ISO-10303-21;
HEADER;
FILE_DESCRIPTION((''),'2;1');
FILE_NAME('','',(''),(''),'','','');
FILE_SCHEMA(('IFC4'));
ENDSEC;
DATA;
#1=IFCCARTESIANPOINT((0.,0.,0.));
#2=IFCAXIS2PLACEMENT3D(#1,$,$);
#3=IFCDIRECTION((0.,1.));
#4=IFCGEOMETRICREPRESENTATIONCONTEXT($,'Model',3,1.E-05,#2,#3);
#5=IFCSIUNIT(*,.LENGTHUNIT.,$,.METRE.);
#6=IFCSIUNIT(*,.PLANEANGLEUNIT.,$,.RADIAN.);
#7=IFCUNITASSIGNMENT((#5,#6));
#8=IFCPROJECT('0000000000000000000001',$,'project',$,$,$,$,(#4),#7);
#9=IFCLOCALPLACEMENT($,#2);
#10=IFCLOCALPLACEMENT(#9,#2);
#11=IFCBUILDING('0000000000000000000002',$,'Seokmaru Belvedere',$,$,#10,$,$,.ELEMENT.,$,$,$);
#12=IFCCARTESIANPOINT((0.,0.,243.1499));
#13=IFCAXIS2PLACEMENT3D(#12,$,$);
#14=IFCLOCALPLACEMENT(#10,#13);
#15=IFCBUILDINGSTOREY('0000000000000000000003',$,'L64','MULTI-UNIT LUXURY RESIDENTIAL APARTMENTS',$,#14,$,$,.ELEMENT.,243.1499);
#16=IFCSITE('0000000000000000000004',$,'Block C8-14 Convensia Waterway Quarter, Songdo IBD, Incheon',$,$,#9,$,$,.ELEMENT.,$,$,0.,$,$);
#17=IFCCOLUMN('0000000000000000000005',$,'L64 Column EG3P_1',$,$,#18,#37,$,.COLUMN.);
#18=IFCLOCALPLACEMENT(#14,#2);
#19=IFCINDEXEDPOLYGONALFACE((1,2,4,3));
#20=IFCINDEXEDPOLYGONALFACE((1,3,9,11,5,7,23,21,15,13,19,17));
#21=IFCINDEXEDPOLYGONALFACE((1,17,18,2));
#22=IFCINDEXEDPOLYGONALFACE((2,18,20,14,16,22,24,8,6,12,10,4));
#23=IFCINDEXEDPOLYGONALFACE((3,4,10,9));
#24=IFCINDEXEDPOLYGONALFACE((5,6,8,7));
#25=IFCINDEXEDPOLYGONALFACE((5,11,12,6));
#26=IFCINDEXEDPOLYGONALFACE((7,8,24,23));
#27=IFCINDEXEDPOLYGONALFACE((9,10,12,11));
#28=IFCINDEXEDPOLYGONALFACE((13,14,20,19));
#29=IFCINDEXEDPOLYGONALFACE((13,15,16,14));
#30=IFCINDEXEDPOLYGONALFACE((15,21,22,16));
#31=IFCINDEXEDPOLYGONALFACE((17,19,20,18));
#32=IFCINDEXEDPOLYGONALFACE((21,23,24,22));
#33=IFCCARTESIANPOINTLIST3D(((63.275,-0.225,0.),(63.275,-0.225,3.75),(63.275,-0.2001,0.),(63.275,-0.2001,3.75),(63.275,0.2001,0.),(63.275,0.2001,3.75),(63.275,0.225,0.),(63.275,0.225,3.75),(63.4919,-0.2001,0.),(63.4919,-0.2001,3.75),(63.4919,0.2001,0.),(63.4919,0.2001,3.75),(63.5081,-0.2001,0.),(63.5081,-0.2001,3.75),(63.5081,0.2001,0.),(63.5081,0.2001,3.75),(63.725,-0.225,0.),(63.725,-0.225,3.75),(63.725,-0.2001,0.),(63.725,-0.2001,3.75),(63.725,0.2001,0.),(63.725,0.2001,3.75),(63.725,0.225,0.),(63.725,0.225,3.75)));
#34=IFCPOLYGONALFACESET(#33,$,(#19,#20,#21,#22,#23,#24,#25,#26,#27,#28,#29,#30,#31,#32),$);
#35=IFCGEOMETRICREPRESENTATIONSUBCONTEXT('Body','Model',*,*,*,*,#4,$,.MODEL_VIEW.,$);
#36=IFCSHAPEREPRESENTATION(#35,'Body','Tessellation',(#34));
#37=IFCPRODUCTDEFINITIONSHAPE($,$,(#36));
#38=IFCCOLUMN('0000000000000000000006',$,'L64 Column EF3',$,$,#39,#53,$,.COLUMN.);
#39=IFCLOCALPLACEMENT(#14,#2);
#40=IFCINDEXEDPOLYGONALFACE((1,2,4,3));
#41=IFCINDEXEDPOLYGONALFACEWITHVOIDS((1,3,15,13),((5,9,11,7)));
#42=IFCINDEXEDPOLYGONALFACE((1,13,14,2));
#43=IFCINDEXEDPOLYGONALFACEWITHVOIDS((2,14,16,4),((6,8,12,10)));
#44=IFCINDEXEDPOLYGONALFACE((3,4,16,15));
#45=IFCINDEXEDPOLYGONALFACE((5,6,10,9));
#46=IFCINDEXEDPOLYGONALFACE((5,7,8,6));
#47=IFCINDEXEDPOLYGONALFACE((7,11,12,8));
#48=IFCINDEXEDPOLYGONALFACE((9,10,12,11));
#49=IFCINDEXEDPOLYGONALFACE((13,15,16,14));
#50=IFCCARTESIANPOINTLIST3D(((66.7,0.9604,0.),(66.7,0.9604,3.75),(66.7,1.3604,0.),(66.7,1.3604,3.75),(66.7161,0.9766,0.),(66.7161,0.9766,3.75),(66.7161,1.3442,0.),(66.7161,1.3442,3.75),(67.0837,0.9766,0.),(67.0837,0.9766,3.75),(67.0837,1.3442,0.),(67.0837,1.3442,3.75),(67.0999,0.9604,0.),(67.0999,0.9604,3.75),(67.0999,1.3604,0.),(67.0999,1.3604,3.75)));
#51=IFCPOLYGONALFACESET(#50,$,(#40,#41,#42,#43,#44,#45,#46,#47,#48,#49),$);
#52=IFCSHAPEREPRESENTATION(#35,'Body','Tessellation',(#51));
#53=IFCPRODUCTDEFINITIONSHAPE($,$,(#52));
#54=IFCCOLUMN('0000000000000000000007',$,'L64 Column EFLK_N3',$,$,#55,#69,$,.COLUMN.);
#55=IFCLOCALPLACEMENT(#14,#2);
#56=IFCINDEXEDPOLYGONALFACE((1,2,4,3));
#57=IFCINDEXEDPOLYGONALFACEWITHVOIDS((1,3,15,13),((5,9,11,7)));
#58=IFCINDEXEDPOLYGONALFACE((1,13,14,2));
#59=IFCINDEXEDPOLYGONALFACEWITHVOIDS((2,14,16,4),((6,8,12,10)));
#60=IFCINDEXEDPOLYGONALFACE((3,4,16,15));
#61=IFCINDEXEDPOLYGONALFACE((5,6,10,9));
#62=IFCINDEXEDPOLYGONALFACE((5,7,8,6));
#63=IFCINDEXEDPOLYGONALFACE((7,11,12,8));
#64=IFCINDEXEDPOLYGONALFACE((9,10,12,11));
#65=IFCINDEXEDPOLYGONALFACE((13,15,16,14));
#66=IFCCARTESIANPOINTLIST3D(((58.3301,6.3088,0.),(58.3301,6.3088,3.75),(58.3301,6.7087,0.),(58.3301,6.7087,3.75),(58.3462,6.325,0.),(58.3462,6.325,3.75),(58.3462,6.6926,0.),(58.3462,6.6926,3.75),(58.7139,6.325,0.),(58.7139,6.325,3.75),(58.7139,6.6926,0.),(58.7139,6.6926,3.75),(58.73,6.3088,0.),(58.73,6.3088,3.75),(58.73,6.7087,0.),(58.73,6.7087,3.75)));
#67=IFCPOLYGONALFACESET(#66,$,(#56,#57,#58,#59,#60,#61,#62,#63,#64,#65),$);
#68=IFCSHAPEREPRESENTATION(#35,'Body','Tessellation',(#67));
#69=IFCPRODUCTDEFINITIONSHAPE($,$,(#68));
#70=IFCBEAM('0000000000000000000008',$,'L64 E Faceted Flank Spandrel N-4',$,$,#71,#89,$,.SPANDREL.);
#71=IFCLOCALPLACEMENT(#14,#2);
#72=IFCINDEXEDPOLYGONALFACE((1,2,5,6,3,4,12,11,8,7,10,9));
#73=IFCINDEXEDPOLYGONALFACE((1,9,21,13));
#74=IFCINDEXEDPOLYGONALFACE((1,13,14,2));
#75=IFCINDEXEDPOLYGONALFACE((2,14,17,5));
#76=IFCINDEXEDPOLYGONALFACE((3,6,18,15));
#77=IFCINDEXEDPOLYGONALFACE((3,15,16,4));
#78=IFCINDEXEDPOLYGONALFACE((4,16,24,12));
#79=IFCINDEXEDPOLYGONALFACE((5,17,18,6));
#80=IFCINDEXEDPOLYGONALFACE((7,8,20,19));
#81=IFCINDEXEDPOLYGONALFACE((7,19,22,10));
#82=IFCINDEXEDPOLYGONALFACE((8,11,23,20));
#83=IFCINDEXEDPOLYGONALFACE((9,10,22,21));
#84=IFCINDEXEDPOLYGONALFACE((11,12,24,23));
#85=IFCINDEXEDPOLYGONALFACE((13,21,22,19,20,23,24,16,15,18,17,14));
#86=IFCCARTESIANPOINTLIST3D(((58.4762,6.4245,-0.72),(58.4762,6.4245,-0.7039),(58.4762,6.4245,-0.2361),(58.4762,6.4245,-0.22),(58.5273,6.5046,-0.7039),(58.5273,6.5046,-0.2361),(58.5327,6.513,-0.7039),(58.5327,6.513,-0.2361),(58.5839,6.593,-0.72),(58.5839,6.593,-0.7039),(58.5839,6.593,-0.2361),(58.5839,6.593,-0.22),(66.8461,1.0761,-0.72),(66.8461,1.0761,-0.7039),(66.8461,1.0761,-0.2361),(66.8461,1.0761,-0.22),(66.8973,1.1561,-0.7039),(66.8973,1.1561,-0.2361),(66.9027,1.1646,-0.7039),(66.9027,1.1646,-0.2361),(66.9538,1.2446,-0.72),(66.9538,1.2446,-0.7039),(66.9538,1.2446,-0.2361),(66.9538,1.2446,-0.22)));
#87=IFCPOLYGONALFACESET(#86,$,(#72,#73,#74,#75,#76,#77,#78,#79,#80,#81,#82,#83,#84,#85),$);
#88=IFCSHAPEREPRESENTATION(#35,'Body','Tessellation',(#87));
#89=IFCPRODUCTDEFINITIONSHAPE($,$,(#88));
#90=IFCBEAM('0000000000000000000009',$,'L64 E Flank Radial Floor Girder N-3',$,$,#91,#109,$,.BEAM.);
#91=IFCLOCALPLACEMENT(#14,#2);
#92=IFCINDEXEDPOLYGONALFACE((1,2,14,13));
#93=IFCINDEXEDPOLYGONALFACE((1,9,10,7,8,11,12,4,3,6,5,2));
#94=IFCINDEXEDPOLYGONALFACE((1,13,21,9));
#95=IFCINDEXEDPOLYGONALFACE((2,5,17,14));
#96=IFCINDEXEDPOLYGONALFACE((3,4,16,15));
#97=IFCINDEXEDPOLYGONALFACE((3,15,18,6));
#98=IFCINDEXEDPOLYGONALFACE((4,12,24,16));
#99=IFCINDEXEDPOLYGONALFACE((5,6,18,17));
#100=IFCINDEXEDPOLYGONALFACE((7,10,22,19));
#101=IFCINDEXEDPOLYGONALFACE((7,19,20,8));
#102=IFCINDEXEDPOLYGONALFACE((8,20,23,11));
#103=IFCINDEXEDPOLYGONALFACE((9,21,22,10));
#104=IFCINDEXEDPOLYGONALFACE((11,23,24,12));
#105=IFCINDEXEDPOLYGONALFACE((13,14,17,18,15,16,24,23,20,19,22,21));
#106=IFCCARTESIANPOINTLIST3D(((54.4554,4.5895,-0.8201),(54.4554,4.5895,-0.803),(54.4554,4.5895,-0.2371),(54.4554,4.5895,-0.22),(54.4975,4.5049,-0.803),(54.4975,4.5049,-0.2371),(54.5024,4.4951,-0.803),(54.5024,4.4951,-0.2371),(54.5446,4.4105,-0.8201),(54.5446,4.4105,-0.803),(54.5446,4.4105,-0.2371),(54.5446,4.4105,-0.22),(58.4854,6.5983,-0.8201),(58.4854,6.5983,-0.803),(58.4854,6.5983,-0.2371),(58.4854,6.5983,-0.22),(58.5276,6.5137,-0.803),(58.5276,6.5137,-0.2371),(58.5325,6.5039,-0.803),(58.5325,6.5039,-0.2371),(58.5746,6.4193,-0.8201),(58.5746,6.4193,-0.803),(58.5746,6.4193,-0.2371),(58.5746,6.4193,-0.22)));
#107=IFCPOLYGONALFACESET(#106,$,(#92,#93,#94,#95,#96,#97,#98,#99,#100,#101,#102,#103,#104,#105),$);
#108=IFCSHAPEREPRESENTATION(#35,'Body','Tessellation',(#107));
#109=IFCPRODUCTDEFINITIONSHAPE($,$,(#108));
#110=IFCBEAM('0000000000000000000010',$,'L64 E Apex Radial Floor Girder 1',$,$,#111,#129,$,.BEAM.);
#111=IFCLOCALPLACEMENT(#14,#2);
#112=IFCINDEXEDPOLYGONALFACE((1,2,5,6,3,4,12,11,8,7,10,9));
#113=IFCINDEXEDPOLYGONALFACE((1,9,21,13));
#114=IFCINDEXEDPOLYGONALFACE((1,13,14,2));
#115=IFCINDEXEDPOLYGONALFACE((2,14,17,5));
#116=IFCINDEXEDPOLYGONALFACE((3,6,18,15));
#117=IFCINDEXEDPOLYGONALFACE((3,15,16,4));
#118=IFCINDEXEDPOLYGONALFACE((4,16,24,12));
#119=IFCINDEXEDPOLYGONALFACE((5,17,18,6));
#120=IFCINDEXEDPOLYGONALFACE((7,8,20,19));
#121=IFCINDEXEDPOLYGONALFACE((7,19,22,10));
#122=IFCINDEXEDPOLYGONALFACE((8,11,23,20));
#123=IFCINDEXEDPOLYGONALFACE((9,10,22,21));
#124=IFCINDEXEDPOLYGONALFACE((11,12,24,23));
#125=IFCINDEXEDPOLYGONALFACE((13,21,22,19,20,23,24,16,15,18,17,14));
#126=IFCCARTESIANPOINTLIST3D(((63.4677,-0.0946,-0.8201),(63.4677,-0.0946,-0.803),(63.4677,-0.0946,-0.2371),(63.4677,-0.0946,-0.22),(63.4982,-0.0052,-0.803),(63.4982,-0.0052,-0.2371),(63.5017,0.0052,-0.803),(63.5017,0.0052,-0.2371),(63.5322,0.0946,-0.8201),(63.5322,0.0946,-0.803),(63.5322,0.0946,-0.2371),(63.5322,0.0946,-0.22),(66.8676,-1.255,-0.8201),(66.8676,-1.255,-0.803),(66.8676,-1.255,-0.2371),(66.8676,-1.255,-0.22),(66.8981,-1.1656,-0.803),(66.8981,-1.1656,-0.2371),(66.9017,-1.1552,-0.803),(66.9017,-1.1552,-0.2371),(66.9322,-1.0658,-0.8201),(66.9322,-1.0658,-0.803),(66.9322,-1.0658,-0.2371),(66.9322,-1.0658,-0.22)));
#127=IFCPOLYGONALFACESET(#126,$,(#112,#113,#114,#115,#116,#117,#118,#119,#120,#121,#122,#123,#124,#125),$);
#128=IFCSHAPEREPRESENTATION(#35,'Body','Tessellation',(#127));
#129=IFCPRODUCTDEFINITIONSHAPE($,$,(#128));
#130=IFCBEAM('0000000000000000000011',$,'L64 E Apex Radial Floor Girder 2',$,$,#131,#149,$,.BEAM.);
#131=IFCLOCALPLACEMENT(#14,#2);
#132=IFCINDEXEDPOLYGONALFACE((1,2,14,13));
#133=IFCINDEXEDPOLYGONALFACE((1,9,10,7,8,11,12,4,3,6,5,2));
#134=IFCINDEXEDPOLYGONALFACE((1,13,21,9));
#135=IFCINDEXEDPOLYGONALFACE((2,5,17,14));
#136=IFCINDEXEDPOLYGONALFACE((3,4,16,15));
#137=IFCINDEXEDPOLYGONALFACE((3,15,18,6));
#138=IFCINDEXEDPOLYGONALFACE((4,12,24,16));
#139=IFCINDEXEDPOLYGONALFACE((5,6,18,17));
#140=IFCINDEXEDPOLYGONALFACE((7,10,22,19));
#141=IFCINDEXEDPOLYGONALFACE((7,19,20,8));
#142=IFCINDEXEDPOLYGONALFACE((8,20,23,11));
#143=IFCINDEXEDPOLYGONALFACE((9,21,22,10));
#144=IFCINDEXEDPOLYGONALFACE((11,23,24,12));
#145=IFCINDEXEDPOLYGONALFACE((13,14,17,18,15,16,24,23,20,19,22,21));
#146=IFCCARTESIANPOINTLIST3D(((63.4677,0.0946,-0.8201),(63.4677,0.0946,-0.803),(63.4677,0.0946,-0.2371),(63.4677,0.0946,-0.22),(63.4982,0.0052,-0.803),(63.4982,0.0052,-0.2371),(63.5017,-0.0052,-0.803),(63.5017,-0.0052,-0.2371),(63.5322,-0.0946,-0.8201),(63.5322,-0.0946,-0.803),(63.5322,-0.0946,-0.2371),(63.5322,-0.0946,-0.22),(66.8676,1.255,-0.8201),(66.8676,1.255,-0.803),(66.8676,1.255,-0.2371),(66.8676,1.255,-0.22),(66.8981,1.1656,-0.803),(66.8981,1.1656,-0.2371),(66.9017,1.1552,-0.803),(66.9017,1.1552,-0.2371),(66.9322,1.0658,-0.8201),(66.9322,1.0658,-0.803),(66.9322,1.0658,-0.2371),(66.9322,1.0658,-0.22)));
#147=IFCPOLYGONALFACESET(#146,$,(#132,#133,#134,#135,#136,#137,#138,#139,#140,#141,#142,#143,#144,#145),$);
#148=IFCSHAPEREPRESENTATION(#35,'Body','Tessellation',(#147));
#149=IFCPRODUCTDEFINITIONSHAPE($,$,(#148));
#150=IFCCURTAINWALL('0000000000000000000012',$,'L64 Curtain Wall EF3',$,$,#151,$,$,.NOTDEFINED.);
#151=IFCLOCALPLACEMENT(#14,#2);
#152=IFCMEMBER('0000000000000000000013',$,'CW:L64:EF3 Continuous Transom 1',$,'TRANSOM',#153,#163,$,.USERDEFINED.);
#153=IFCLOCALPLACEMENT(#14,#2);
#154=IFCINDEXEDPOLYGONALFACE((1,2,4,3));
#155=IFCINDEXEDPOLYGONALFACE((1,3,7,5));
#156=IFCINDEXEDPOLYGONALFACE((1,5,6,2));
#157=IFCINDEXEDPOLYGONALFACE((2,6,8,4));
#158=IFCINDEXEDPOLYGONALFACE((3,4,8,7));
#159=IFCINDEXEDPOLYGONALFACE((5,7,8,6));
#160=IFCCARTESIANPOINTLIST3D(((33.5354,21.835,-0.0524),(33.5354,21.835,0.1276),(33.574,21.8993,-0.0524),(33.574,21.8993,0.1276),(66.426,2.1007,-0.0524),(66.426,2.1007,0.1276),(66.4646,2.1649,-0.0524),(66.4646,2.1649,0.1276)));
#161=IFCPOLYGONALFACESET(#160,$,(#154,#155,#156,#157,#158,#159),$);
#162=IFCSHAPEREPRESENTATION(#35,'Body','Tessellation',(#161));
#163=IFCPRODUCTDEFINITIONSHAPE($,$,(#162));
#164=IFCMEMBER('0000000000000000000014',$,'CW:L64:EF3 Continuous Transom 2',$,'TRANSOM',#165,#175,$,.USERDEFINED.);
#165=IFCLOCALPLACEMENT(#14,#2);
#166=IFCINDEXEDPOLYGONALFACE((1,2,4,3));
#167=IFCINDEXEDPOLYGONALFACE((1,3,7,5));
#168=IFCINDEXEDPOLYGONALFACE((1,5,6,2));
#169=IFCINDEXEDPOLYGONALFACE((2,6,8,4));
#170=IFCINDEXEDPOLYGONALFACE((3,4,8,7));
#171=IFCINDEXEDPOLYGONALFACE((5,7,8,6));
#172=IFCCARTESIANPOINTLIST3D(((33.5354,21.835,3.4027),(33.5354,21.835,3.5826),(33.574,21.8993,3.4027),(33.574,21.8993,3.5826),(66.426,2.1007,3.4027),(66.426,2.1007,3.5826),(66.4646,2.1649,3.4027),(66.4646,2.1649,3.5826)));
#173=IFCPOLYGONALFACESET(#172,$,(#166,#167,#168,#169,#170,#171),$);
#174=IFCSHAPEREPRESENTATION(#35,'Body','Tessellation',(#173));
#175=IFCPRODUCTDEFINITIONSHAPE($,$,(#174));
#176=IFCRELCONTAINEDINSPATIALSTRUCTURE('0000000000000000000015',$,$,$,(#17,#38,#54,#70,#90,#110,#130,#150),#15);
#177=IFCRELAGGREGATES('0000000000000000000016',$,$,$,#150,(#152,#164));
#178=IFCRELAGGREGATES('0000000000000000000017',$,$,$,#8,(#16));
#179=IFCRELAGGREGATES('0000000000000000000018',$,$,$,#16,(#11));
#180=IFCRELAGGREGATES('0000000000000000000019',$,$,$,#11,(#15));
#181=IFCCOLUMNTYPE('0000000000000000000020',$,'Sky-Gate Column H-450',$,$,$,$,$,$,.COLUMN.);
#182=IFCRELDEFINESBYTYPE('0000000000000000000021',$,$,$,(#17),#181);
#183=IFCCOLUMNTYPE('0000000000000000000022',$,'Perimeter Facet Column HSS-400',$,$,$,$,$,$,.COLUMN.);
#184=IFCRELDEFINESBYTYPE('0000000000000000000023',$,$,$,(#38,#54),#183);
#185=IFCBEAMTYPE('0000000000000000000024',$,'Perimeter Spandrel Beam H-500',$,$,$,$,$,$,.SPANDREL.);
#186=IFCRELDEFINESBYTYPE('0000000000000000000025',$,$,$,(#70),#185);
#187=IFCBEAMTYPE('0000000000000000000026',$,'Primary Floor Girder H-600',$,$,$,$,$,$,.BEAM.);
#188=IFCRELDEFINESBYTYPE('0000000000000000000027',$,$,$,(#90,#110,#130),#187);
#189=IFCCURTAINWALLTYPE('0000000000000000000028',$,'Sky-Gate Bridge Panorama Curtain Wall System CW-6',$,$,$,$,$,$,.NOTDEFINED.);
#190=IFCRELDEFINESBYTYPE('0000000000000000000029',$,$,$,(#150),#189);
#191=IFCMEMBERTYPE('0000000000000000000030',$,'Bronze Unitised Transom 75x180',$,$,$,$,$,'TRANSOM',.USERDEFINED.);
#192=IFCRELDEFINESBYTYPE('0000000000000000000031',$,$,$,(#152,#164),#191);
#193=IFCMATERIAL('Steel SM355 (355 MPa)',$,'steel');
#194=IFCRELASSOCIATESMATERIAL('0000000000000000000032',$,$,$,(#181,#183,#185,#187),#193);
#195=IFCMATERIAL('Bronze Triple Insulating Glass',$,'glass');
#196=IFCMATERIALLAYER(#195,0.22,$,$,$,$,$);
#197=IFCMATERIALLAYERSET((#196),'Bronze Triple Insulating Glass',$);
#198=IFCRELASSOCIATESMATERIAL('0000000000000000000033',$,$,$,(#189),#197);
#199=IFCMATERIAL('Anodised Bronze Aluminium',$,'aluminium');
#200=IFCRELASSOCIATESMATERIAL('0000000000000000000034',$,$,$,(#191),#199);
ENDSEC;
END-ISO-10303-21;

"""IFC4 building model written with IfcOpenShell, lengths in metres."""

from ifc_helpers import new_model, si_unit, direction, frame, origin, origin_2d, place, context, subcontext, project, spatial, rectangle, hollow_rectangle, i_section, extrude, source, transform, mapped, material, layer, layer_set, material_profile, profile_set, type_object, type_shapes, element, aggregate, save


model = new_model("IFC4")

# Units and contexts
model_context = context("Model", 3, precision=1e-05, world=origin(), true_north=direction((0.0, 1.0)))
body_context = subcontext(model_context, "Body", "Model", "MODEL_VIEW")
ifc_project = project(units=[si_unit("LENGTHUNIT", "METRE"), si_unit("PLANEANGLEUNIT", "RADIAN")], contexts=[model_context])

# Site, building, storey
site_placement = place(None, origin())
site = spatial("IfcSite", under=ifc_project, at=site_placement, Name="Block C8-14 Convensia Waterway Quarter, Songdo IBD, Incheon", CompositionType="ELEMENT", RefElevation=0.0)
building_placement = place(site_placement, origin())
building = spatial("IfcBuilding", under=site, at=building_placement, Name="Seokmaru Belvedere", CompositionType="ELEMENT")
storey_placement = place(building_placement, frame((0.0, 0.0, 243.1499)))
storey = spatial("IfcBuildingStorey", under=building, at=storey_placement, Name="L64", Description="MULTI-UNIT LUXURY RESIDENTIAL APARTMENTS", CompositionType="ELEMENT", Elevation=243.1499)

# Columns
ifc_material_1 = material(Name="Steel SM355 (355 MPa)", Category="steel")
ifc_material_profile_1 = material_profile(ifc_material_1, i_section(OverallWidth=0.45, OverallDepth=0.45, WebThickness=0.0161, FlangeThickness=0.0249, at=origin_2d()), Name="H-450x450x16x25")
ifc_profile_set_1 = profile_set([ifc_material_profile_1], Name="Steel SM355 (355 MPa)")
column_type_1 = type_object("IfcColumnType", Name="Sky-Gate Column H-450", PredefinedType="COLUMN", material=ifc_profile_set_1)
shared_shape_1 = source(origin(), body_context, "Body", "SweptSolid", [
    extrude(i_section(OverallWidth=0.45, OverallDepth=0.45, WebThickness=0.0161, FlangeThickness=0.0249, at=origin_2d()), origin(), (0.0, 0.0, 1.0), 3.75),
])
type_shapes(column_type_1, [shared_shape_1])
column_placement = place(storey_placement, frame((63.5, 0.0, 0.0), z_axis=(0.0, 0.0, 1.0), x_axis=(1.0, 0.0, 0.0)))
element("IfcColumn", 1, at=column_placement, inside=storey, type_object=column_type_1, Name="L64 Column EG3P_1", PredefinedType="COLUMN", context=body_context, shape_type="MappedRepresentation", body=[
    mapped(shared_shape_1, transform((0.0, 0.0, 0.0), scale=1.0)),
])
ifc_material_profile_2 = material_profile(ifc_material_1, hollow_rectangle(XDim=0.3999, YDim=0.3999, WallThickness=0.0161, at=origin_2d()), Name="HSS-400x400x16")
ifc_profile_set_2 = profile_set([ifc_material_profile_2], Name="Steel SM355 (355 MPa)")
column_type_2 = type_object("IfcColumnType", Name="Perimeter Facet Column HSS-400", PredefinedType="COLUMN", material=ifc_profile_set_2)
shared_shape_2 = source(origin(), body_context, "Body", "SweptSolid", [
    extrude(hollow_rectangle(XDim=0.3999, YDim=0.3999, WallThickness=0.0161, at=origin_2d()), origin(), (0.0, 0.0, 1.0), 3.75),
])
type_shapes(column_type_2, [shared_shape_2])
for number, where, z_axis, x_axis, name in (
    (2, (66.8999, 1.1604, 0.0), (0.0, 0.0, 1.0), (1.0, 0.0, 0.0), "L64 Column EF3"),
    (3, (58.53, 6.5088, 0.0), (0.0, 0.0, 1.0), (1.0, 0.0, 0.0), "L64 Column EFLK_N3"),
):
    element("IfcColumn", number, at=place(storey_placement, frame(where, z_axis=z_axis, x_axis=x_axis)), inside=storey, type_object=column_type_2, Name=name, PredefinedType="COLUMN", context=body_context, shape_type="MappedRepresentation", body=[
        mapped(shared_shape_2, transform((0.0, 0.0, 0.0), scale=1.0)),
    ])

# Beams
ifc_material_profile_3 = material_profile(ifc_material_1, i_section(OverallWidth=0.2, OverallDepth=0.5, WebThickness=0.01, FlangeThickness=0.0161, at=origin_2d()), Name="H-500x200x10x16")
ifc_profile_set_3 = profile_set([ifc_material_profile_3], Name="Steel SM355 (355 MPa)")
beam_type_1 = type_object("IfcBeamType", Name="Perimeter Spandrel Beam H-500", PredefinedType="SPANDREL", material=ifc_profile_set_3)
shared_shape_3 = source(origin(), body_context, "Body", "SweptSolid", [
    extrude(i_section(OverallWidth=0.2, OverallDepth=0.5, WebThickness=0.01, FlangeThickness=0.0161, at=origin_2d()), origin(), (0.0, 0.0, 1.0), 9.9329),
])
type_shapes(beam_type_1, [shared_shape_3])
beam_1_placement = place(storey_placement, frame((58.53, 6.5088, -0.47), z_axis=(0.842652, -0.538459, 0.0), x_axis=(0.538459, 0.842652, 0.0)))
element("IfcBeam", 4, at=beam_1_placement, inside=storey, type_object=beam_type_1, Name="L64 E Faceted Flank Spandrel N-4", PredefinedType="SPANDREL", context=body_context, shape_type="MappedRepresentation", body=[
    mapped(shared_shape_3, transform((0.0, 0.0, 0.0), scale=1.0)),
])
ifc_material_profile_4 = material_profile(ifc_material_1, i_section(OverallWidth=0.2, OverallDepth=0.6001, WebThickness=0.011, FlangeThickness=0.0171, at=origin_2d()), Name="H-600x200x11x17")
ifc_profile_set_4 = profile_set([ifc_material_profile_4], Name="Steel SM355 (355 MPa)")
beam_type_2 = type_object("IfcBeamType", Name="Primary Floor Girder H-600", PredefinedType="BEAM", material=ifc_profile_set_4)
shared_shape_4 = source(origin(), body_context, "Body", "SweptSolid", [
    extrude(i_section(OverallWidth=0.2, OverallDepth=0.6001, WebThickness=0.011, FlangeThickness=0.0171, at=origin_2d()), origin(), (0.0, 0.0, 1.0), 4.5029),
])
beam_2_placement = place(storey_placement, frame((58.53, 6.5088, -0.52), z_axis=(-0.89498, -0.446107, 0.0), x_axis=(0.446107, -0.89498, 0.0)))
element("IfcBeam", 5, at=beam_2_placement, inside=storey, type_object=beam_type_2, Name="L64 E Flank Radial Floor Girder N-3", PredefinedType="BEAM", context=body_context, shape_type="MappedRepresentation", body=[
    mapped(shared_shape_4, transform((0.0, 0.0, 0.0), scale=1.0)),
])
shared_shape_5 = source(origin(), body_context, "Body", "SweptSolid", [
    extrude(i_section(OverallWidth=0.2, OverallDepth=0.6001, WebThickness=0.011, FlangeThickness=0.0171, at=origin_2d()), origin(), (0.0, 0.0, 1.0), 3.5925),
])
type_shapes(beam_type_2, [shared_shape_4, shared_shape_5])
for number, where, z_axis, x_axis, name in (
    (6, (66.8999, -1.1604, -0.52), (-0.946396, 0.323009, 0.0), (-0.323009, -0.946396, 0.0), "L64 E Apex Radial Floor Girder 1"),
    (7, (66.8999, 1.1604, -0.52), (-0.946396, -0.323009, 0.0), (0.323009, -0.946396, 0.0), "L64 E Apex Radial Floor Girder 2"),
):
    element("IfcBeam", number, at=place(storey_placement, frame(where, z_axis=z_axis, x_axis=x_axis)), inside=storey, type_object=beam_type_2, Name=name, PredefinedType="BEAM", context=body_context, shape_type="MappedRepresentation", body=[
        mapped(shared_shape_5, transform((0.0, 0.0, 0.0), scale=1.0)),
    ])

# Curtain wall, members
ifc_material_2 = material(Name="Bronze Triple Insulating Glass", Category="glass")
ifc_layer_1 = layer(ifc_material_2, 0.22)
ifc_layer_set_1 = layer_set([ifc_layer_1], Name="Bronze Triple Insulating Glass")
curtain_wall_type = type_object("IfcCurtainWallType", Name="Sky-Gate Bridge Panorama Curtain Wall System CW-6", PredefinedType="NOTDEFINED", material=ifc_layer_set_1)
curtain_wall_1_placement = place(storey_placement, origin())
curtain_wall_1 = element("IfcCurtainWall", 8, at=curtain_wall_1_placement, inside=storey, type_object=curtain_wall_type, Name="L64 Curtain Wall EF3", PredefinedType="NOTDEFINED")
ifc_material_3 = material(Name="Anodised Bronze Aluminium", Category="aluminium")
ifc_material_profile_5 = material_profile(ifc_material_3, rectangle(XDim=0.075, YDim=0.1799, at=origin_2d()), Name="CW-T-75x180")
ifc_profile_set_5 = profile_set([ifc_material_profile_5], Name="Anodised Bronze Aluminium")
member_type_1 = type_object("IfcMemberType", Name="Bronze Unitised Transom 75x180", ElementType="TRANSOM", PredefinedType="USERDEFINED", material=ifc_profile_set_5)
shared_shape_6 = source(origin(), body_context, "Body", "SweptSolid", [
    extrude(rectangle(XDim=0.075, YDim=0.1799, at=origin_2d()), origin(), (0.0, 0.0, 1.0), 38.3567),
])
member_1_placement = place(storey_placement, frame((66.4453, 2.1328, 0.0376), z_axis=(-0.857493, 0.514496, 0.0), x_axis=(-0.514496, -0.857493, 0.0)))
member_1 = element("IfcMember", 9, at=member_1_placement, type_object=member_type_1, Name="CW:L64:EF3 Continuous Transom 1", ObjectType="TRANSOM", PredefinedType="USERDEFINED", context=body_context, shape_type="MappedRepresentation", body=[
    mapped(shared_shape_6, transform((0.0, 0.0, 0.0), scale=1.0)),
])
member_2_placement = place(storey_placement, frame((66.4453, 2.1328, 3.4927), z_axis=(-0.857493, 0.514496, 0.0), x_axis=(-0.514496, -0.857493, 0.0)))
member_2 = element("IfcMember", 10, at=member_2_placement, type_object=member_type_1, Name="CW:L64:EF3 Continuous Transom 2", ObjectType="TRANSOM", PredefinedType="USERDEFINED", context=body_context, shape_type="MappedRepresentation", body=[
    mapped(shared_shape_6, transform((0.0, 0.0, 0.0), scale=1.0)),
])

aggregate(curtain_wall_1, [member_1, member_2])

save(model, "model.ifc")
